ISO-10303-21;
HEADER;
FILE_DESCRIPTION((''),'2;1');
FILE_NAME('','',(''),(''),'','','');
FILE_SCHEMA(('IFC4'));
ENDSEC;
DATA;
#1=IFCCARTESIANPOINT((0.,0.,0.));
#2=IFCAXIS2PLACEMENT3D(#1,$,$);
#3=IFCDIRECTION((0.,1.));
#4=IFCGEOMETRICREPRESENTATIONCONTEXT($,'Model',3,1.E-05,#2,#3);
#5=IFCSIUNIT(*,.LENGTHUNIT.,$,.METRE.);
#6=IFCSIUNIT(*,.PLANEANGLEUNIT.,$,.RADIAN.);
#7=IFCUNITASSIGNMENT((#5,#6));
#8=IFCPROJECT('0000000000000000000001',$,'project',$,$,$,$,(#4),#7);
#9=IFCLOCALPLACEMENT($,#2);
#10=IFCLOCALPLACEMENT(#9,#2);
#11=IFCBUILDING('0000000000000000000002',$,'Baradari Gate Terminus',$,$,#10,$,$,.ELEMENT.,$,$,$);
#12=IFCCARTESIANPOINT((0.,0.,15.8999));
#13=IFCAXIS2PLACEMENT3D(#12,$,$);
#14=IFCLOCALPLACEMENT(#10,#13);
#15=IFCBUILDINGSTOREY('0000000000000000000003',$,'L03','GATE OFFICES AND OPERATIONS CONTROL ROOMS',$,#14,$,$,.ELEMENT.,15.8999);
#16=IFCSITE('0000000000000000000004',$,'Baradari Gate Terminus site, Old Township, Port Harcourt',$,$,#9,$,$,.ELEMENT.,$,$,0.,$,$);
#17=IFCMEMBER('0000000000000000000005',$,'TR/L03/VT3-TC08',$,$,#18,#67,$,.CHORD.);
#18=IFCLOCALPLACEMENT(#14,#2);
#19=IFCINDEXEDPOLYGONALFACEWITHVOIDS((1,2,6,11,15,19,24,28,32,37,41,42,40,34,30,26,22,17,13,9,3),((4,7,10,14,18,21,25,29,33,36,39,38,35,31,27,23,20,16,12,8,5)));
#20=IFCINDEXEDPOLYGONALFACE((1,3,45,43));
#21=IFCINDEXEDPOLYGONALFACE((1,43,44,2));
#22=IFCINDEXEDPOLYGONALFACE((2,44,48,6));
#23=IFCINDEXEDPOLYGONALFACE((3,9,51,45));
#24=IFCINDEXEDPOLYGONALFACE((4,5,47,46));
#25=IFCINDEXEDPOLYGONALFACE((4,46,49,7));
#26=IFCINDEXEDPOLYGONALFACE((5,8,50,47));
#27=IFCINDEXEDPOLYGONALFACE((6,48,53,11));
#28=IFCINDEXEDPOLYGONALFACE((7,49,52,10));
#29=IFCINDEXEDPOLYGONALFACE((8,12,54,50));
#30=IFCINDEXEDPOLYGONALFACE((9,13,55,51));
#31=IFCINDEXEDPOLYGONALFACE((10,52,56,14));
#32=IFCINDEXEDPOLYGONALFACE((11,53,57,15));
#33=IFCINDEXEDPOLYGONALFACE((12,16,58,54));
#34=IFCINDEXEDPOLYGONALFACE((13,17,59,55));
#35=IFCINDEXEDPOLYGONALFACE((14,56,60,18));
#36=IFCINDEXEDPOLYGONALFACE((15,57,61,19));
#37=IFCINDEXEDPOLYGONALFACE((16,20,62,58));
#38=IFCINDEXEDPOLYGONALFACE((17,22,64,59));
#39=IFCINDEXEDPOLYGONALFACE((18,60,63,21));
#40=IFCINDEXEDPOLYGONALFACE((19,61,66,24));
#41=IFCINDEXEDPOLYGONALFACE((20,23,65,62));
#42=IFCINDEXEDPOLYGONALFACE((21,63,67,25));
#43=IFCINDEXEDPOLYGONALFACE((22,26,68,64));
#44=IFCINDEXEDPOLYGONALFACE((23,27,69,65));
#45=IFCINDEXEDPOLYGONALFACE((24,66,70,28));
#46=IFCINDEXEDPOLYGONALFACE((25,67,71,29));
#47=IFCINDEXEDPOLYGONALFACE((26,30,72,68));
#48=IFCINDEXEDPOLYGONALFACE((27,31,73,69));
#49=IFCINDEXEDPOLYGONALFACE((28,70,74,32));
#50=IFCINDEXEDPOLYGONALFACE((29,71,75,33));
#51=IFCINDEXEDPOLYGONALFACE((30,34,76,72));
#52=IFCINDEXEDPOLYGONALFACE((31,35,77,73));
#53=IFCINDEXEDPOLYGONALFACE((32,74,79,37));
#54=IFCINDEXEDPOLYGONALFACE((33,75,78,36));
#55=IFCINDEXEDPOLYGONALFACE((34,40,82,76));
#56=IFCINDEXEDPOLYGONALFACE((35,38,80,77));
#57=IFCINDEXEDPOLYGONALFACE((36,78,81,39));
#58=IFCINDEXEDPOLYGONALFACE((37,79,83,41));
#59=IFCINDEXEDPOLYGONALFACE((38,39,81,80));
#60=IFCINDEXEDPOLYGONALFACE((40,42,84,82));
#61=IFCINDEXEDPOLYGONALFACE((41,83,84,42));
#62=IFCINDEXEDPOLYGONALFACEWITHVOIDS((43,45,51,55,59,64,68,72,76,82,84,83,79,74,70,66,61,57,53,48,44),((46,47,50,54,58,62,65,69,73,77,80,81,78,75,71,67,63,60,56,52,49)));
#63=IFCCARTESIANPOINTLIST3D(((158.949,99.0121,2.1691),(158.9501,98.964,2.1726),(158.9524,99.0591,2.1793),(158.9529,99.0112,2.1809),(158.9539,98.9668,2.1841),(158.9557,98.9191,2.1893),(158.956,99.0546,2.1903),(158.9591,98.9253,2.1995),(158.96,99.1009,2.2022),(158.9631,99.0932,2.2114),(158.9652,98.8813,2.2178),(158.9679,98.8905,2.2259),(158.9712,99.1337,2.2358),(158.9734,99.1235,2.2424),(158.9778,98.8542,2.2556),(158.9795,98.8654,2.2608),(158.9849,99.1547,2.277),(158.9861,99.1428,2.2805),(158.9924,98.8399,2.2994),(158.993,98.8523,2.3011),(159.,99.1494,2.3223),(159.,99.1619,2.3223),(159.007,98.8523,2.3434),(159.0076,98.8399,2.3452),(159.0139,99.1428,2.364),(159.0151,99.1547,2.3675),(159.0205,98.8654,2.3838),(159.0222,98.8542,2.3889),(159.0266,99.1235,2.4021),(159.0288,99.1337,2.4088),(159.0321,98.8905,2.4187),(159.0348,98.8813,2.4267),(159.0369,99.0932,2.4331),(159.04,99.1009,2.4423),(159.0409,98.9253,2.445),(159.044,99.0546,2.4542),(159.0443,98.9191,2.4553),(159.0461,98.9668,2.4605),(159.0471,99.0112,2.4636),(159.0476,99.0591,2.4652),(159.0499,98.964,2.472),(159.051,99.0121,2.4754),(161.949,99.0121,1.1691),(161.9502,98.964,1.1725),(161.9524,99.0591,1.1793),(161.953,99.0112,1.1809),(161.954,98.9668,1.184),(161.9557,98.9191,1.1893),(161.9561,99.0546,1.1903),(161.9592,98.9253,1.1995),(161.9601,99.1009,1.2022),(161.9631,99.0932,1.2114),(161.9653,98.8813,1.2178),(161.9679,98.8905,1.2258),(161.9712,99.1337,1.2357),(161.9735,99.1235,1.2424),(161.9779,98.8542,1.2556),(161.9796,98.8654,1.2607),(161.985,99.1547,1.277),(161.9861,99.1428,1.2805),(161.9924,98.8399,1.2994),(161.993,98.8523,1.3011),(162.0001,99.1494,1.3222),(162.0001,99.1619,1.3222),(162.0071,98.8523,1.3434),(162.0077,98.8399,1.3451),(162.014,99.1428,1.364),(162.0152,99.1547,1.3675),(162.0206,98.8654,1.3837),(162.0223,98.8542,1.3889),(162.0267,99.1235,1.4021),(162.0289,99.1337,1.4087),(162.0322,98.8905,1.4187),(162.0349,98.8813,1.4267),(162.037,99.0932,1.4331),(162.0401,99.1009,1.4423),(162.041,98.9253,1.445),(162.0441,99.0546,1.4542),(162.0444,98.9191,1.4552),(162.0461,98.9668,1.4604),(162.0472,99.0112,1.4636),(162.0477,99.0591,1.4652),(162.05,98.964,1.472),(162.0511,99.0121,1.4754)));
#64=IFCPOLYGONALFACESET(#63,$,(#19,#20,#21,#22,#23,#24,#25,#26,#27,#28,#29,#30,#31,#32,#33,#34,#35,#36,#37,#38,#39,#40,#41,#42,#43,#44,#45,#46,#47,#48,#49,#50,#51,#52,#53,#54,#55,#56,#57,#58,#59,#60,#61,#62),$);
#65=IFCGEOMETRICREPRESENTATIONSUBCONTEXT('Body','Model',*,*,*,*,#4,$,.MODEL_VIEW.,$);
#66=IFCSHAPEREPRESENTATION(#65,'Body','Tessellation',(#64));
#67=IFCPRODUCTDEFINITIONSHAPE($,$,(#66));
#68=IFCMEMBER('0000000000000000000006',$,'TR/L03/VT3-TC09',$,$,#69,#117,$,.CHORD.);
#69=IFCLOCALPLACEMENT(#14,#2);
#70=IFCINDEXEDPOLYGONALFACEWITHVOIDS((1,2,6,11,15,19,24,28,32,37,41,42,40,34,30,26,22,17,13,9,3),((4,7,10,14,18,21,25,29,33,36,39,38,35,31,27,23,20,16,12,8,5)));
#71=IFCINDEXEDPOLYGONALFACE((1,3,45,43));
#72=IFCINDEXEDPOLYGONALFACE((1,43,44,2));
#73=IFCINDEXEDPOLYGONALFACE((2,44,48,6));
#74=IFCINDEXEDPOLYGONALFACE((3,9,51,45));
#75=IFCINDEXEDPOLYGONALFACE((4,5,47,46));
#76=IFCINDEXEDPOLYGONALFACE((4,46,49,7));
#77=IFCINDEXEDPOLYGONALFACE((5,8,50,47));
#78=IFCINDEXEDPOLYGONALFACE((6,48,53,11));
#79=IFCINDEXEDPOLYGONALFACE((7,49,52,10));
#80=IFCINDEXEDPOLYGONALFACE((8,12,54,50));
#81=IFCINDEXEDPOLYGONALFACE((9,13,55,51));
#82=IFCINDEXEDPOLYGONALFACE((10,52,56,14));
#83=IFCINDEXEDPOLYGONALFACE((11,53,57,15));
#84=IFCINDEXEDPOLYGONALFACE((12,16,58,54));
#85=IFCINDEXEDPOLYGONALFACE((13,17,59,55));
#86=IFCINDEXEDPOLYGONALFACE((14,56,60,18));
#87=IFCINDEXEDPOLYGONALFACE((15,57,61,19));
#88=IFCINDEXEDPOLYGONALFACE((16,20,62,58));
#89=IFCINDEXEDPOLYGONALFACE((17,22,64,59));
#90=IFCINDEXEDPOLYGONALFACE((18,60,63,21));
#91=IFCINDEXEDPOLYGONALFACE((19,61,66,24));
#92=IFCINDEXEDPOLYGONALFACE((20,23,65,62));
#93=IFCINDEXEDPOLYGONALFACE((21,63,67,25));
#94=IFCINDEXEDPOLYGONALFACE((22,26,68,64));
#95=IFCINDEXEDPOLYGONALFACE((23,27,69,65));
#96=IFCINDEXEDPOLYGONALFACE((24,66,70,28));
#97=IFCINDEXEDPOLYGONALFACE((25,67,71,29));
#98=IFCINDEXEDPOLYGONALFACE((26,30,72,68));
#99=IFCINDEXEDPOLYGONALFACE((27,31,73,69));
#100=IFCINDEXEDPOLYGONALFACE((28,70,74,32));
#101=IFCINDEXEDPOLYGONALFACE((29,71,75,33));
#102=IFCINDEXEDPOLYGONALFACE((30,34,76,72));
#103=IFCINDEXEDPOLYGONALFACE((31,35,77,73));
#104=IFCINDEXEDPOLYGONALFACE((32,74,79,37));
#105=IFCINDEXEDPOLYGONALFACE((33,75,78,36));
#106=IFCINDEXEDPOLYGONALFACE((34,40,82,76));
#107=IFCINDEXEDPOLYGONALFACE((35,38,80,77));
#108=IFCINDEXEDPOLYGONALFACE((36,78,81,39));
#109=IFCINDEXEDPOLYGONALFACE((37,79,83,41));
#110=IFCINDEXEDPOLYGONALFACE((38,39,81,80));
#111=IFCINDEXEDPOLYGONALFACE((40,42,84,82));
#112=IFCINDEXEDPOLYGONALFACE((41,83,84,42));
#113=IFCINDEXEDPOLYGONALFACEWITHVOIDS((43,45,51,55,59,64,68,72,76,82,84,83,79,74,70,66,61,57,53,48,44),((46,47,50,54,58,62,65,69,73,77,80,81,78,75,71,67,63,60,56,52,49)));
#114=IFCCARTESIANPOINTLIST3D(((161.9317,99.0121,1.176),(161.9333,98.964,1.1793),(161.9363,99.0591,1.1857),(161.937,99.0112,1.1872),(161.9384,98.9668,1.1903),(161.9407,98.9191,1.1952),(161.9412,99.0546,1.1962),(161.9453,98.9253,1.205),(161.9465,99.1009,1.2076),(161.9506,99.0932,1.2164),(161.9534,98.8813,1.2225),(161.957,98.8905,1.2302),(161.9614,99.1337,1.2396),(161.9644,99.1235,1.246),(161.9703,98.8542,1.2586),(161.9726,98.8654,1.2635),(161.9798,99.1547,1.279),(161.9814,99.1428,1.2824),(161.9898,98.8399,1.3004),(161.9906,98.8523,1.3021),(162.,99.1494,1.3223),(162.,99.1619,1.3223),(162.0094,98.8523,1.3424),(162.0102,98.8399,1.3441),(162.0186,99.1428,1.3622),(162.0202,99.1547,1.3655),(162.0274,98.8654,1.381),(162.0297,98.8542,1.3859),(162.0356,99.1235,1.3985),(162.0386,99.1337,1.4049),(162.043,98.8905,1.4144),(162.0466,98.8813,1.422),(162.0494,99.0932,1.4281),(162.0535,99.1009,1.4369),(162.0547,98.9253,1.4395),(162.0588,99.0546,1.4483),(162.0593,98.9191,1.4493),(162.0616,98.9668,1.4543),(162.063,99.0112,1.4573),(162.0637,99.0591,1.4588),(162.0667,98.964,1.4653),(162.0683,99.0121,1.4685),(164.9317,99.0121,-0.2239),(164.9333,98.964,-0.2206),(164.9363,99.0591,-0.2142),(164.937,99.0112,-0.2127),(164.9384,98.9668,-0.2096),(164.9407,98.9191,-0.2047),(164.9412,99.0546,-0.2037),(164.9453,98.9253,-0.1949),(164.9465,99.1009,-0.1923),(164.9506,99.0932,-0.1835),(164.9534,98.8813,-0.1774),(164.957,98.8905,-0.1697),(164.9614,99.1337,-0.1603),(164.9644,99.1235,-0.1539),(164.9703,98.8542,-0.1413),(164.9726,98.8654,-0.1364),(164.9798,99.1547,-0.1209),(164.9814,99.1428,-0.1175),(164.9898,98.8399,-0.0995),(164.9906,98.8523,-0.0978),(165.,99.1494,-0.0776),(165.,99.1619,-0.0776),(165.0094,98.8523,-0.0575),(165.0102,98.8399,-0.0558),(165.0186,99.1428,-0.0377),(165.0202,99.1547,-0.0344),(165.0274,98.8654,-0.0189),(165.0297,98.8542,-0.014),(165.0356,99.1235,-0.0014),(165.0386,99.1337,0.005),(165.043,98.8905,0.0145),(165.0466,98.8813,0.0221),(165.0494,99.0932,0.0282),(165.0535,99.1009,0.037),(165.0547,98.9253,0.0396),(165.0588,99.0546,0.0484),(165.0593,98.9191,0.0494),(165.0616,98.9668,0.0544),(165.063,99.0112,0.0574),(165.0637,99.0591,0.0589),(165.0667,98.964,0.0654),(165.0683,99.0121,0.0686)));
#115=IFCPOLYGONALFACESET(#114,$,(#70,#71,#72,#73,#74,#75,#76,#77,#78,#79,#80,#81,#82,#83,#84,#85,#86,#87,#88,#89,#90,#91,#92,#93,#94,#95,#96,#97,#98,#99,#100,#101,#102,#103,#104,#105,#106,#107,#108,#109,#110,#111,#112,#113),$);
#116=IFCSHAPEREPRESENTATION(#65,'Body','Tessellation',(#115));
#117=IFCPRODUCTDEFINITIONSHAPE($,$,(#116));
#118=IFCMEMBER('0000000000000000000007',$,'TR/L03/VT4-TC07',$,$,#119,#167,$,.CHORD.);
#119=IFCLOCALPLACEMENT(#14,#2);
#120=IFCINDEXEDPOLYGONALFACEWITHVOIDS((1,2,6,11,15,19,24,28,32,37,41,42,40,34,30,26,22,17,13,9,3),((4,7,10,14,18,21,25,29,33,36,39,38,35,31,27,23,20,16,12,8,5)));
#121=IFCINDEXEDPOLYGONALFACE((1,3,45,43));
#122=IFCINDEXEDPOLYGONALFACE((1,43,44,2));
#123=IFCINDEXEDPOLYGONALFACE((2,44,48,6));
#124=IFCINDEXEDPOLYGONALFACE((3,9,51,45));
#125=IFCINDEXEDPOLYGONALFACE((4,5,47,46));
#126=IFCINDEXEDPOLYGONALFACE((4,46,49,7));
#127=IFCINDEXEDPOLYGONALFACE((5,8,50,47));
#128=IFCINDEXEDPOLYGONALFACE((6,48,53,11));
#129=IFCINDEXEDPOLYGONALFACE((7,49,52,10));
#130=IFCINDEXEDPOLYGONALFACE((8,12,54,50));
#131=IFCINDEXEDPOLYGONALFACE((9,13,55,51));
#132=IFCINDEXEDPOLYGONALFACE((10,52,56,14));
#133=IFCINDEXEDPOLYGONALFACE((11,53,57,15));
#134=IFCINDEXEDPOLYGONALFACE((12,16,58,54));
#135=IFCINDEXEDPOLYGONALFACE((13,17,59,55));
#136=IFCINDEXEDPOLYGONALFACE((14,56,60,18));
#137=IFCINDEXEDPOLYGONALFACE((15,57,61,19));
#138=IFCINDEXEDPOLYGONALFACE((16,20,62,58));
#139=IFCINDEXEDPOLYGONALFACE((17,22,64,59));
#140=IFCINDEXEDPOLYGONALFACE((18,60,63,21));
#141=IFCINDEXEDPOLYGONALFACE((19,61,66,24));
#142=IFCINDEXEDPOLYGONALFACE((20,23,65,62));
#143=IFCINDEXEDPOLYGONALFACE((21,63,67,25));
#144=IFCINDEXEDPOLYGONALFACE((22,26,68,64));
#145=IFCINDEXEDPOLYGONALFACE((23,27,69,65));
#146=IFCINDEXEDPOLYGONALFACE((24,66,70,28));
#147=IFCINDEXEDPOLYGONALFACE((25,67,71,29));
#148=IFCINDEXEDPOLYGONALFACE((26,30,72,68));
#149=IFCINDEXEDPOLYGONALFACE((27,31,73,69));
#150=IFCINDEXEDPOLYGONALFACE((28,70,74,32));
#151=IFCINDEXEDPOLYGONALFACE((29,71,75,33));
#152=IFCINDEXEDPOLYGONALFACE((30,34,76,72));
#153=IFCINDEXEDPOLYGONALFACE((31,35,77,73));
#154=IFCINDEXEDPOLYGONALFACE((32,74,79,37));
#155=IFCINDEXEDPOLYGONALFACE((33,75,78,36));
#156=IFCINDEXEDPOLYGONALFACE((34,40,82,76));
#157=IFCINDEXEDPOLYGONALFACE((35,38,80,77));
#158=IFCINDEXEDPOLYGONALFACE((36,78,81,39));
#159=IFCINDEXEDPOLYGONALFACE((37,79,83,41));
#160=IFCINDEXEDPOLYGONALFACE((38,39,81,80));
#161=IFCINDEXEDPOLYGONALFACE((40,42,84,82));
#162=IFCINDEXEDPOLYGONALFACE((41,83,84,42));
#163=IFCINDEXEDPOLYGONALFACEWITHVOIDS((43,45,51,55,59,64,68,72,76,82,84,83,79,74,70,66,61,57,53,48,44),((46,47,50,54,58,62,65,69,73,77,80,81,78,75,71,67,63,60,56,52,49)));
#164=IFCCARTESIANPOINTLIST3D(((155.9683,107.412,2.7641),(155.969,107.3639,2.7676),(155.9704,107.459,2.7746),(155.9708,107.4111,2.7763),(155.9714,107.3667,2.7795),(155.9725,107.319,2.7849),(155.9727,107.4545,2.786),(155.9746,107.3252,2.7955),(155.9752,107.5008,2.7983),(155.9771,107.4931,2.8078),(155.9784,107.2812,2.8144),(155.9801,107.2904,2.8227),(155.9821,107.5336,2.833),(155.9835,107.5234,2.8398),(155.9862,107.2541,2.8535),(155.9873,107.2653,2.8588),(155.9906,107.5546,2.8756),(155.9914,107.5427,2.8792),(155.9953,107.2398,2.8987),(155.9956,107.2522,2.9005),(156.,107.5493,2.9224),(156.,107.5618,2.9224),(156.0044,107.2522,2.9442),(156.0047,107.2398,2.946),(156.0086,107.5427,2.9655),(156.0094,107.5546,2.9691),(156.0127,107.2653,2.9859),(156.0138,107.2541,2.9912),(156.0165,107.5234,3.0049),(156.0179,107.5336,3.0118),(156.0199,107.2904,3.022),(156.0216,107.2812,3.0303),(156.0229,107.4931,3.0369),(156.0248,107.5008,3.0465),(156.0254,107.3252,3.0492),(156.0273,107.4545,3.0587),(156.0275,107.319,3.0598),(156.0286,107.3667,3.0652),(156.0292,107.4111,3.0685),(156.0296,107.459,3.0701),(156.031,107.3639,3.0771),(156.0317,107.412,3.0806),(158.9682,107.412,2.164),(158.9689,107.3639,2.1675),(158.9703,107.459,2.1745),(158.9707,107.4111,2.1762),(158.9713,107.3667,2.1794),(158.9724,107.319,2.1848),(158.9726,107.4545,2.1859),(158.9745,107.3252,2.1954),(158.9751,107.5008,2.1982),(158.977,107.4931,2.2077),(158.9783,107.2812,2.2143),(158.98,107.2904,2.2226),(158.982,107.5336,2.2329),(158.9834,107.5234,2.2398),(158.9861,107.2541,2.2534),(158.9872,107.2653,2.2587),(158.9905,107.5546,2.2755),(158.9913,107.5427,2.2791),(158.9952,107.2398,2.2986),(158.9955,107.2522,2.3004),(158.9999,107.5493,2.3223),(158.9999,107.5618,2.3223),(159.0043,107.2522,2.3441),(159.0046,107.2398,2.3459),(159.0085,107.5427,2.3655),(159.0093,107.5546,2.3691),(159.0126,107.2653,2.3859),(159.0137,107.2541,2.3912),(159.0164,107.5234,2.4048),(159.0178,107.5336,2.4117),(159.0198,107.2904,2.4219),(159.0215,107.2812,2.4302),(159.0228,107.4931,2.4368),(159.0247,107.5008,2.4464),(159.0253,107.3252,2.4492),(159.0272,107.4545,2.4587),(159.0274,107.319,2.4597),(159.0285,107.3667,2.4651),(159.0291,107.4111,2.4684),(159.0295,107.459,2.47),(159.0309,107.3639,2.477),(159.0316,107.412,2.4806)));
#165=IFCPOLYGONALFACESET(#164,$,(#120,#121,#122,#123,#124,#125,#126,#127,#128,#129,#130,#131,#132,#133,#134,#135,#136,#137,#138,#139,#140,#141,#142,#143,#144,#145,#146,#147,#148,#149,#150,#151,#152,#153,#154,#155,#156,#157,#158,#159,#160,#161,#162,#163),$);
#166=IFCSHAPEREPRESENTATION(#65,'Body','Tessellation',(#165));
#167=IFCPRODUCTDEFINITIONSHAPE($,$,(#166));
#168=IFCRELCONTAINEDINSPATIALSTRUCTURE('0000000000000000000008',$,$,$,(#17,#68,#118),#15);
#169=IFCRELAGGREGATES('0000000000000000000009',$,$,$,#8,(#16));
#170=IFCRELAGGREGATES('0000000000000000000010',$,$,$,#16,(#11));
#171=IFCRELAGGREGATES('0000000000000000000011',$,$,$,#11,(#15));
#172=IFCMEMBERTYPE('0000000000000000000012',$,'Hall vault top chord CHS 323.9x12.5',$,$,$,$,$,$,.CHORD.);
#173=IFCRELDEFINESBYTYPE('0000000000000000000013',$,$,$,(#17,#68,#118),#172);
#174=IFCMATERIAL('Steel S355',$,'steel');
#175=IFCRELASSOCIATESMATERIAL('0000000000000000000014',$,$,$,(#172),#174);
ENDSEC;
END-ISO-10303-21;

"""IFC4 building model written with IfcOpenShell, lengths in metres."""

from ifc_helpers import new_model, si_unit, direction, frame, origin, origin_2d, place, context, subcontext, project, spatial, hollow_circle, extrude, material, material_profile, profile_set, type_object, element, save


model = new_model("IFC4")

# Units and contexts
model_context = context("Model", 3, precision=1e-05, world=origin(), true_north=direction((0.0, 1.0)))
body_context = subcontext(model_context, "Body", "Model", "MODEL_VIEW")
ifc_project = project(units=[si_unit("LENGTHUNIT", "METRE"), si_unit("PLANEANGLEUNIT", "RADIAN")], contexts=[model_context])

# Site, building, storey
site_placement = place(None, origin())
site = spatial("IfcSite", under=ifc_project, at=site_placement, Name="Baradari Gate Terminus site, Old Township, Port Harcourt", CompositionType="ELEMENT", RefElevation=0.0)
building_placement = place(site_placement, origin())
building = spatial("IfcBuilding", under=site, at=building_placement, Name="Baradari Gate Terminus", CompositionType="ELEMENT")
storey_placement = place(building_placement, frame((0.0, 0.0, 15.8999)))
storey = spatial("IfcBuildingStorey", under=building, at=storey_placement, Name="L03", Description="GATE OFFICES AND OPERATIONS CONTROL ROOMS", CompositionType="ELEMENT", Elevation=15.8999)

# Members
ifc_material_1 = material(Name="Steel S355", Category="steel")
ifc_material_profile_1 = material_profile(ifc_material_1, hollow_circle(Radius=0.1619, WallThickness=0.0125, at=origin_2d()), Name="CHS 323.9x12.5")
ifc_profile_set_1 = profile_set([ifc_material_profile_1], Name="Steel S355")
member_type_1 = type_object("IfcMemberType", Name="Hall vault top chord CHS 323.9x12.5", PredefinedType="CHORD", material=ifc_profile_set_1)
member_1_placement = place(storey_placement, frame((159.0, 99.0, 2.3223), z_axis=(0.948683, 0.0, -0.316228), x_axis=(0.0, 1.0, 0.0)))
element("IfcMember", 1, at=member_1_placement, inside=storey, type_object=member_type_1, Name="TR/L03/VT3-TC08", PredefinedType="CHORD", context=body_context, shape_type="SweptSolid", body=[
    extrude(hollow_circle(Radius=0.1619, WallThickness=0.0125, at=origin_2d()), origin(), (0.0, 0.0, 1.0), 3.1624),
])
member_2_placement = place(storey_placement, frame((162.0, 99.0, 1.3223), z_axis=(0.906194, 0.0, -0.422861), x_axis=(0.0, 1.0, 0.0)))
element("IfcMember", 2, at=member_2_placement, inside=storey, type_object=member_type_1, Name="TR/L03/VT3-TC09", PredefinedType="CHORD", context=body_context, shape_type="SweptSolid", body=[
    extrude(hollow_circle(Radius=0.1619, WallThickness=0.0125, at=origin_2d()), origin(), (0.0, 0.0, 1.0), 3.3105),
])
member_3_placement = place(storey_placement, frame((156.0, 107.3999, 2.9224), z_axis=(0.980575, 0.0, -0.196147), x_axis=(0.0, 1.0, 0.0)))
element("IfcMember", 3, at=member_3_placement, inside=storey, type_object=member_type_1, Name="TR/L03/VT4-TC07", PredefinedType="CHORD", context=body_context, shape_type="SweptSolid", body=[
    extrude(hollow_circle(Radius=0.1619, WallThickness=0.0125, at=origin_2d()), origin(), (0.0, 0.0, 1.0), 3.0593),
])

save(model, "model.ifc")
